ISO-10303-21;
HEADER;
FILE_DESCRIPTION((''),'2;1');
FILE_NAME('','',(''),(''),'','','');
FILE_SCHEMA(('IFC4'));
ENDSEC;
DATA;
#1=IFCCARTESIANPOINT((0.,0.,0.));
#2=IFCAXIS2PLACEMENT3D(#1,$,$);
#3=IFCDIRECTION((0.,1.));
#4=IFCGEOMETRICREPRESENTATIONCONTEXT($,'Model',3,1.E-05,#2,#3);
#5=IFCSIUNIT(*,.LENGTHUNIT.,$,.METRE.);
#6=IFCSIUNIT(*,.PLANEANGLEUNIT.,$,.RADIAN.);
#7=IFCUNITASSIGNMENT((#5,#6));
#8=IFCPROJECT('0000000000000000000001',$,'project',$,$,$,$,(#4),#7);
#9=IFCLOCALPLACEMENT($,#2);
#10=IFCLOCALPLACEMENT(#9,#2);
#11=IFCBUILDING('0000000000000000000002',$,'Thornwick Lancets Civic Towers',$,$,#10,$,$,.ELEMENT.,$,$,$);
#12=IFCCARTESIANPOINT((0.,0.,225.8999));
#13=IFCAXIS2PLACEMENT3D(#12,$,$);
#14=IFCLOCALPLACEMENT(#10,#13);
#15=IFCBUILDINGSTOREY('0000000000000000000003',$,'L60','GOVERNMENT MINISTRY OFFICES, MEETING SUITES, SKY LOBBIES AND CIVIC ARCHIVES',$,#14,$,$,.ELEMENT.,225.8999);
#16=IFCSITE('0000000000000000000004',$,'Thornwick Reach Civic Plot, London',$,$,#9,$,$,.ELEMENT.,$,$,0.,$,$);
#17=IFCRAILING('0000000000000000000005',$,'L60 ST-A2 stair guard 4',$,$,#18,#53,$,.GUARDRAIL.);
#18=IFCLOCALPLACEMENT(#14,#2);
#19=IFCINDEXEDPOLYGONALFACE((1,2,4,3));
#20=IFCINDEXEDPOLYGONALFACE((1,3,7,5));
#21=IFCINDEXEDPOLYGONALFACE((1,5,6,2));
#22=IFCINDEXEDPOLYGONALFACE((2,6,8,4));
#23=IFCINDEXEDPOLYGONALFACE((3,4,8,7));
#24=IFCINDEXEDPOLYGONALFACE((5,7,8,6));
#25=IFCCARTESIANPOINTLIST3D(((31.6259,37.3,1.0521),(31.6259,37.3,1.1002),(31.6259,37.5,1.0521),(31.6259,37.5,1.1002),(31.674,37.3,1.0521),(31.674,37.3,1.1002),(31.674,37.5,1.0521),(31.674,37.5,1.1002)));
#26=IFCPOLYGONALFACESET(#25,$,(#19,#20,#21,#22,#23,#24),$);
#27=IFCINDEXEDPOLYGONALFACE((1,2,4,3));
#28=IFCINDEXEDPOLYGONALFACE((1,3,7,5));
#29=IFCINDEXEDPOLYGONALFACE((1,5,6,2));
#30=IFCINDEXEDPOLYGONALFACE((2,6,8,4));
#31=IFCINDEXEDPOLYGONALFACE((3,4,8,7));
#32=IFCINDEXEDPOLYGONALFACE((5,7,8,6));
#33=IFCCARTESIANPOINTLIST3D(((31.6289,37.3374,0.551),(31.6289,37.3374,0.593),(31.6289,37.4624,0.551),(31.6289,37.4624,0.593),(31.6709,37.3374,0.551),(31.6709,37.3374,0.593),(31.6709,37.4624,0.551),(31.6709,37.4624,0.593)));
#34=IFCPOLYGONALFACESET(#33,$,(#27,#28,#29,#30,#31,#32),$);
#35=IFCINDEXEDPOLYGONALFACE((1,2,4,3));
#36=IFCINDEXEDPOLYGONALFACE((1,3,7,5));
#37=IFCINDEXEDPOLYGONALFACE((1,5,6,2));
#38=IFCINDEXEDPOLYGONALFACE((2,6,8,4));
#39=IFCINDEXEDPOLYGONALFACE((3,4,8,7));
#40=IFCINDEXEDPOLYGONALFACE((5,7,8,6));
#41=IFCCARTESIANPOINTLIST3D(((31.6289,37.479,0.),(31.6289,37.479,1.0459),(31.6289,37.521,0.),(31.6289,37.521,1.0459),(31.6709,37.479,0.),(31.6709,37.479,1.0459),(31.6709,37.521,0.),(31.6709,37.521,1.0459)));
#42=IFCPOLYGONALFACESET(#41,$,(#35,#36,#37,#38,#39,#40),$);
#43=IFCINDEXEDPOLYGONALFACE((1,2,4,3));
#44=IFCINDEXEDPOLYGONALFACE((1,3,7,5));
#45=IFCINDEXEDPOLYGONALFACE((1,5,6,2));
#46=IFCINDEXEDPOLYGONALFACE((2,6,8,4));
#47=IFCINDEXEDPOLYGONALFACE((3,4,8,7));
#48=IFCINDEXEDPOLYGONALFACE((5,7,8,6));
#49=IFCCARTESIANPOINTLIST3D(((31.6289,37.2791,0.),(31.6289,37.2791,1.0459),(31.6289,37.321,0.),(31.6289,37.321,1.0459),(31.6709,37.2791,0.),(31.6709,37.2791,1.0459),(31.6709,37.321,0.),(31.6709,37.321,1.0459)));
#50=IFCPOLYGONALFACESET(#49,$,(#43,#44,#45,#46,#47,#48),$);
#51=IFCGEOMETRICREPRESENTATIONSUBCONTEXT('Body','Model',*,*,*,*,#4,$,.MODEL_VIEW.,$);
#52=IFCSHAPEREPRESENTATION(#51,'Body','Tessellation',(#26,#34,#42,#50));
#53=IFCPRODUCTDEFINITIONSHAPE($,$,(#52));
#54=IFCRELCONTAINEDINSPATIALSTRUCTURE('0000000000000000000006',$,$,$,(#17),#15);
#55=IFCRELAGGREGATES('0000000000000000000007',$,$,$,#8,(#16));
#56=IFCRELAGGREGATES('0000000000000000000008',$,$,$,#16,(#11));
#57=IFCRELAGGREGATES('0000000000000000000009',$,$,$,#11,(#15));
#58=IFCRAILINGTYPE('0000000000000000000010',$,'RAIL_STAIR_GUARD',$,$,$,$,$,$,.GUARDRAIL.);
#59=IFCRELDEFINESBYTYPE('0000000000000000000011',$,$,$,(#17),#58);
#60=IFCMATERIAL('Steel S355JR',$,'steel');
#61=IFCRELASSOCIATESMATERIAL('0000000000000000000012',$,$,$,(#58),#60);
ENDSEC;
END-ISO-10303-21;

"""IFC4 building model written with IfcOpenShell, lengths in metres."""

from ifc_helpers import new_model, si_unit, direction, frame, origin, origin_2d, place, context, subcontext, project, spatial, rectangle, extrude, material, type_object, element, save


model = new_model("IFC4")

# Units and contexts
model_context = context("Model", 3, precision=1e-05, world=origin(), true_north=direction((0.0, 1.0)))
body_context = subcontext(model_context, "Body", "Model", "MODEL_VIEW")
ifc_project = project(units=[si_unit("LENGTHUNIT", "METRE"), si_unit("PLANEANGLEUNIT", "RADIAN")], contexts=[model_context])

# Site, building, storey
site_placement = place(None, origin())
site = spatial("IfcSite", under=ifc_project, at=site_placement, Name="Thornwick Reach Civic Plot, London", CompositionType="ELEMENT", RefElevation=0.0)
building_placement = place(site_placement, origin())
building = spatial("IfcBuilding", under=site, at=building_placement, Name="Thornwick Lancets Civic Towers", CompositionType="ELEMENT")
storey_placement = place(building_placement, frame((0.0, 0.0, 225.8999)))
storey = spatial("IfcBuildingStorey", under=building, at=storey_placement, Name="L60", Description="GOVERNMENT MINISTRY OFFICES, MEETING SUITES, SKY LOBBIES AND CIVIC ARCHIVES", CompositionType="ELEMENT", Elevation=225.8999)

# Shared definitions
ifc_material_1 = material(Name="Steel S355JR", Category="steel")

# Railing
railing_type_1 = type_object("IfcRailingType", Name="RAIL_STAIR_GUARD", PredefinedType="GUARDRAIL", material=ifc_material_1)
railing_1_placement = place(storey_placement, frame((31.6499, 37.5, 0.0)))
element("IfcRailing", 1, at=railing_1_placement, inside=storey, type_object=railing_type_1, Name="L60 ST-A2 stair guard 4", PredefinedType="GUARDRAIL", context=body_context, shape_type="SweptSolid", body=[
    extrude(rectangle(XDim=0.0481, YDim=0.0481, at=origin_2d()), frame((0.0, 0.0, 1.0762), z_axis=(0.0, -1.0, 0.0), x_axis=(1.0, 0.0, 0.0)), (0.0, 0.0, 1.0), 0.2),
    extrude(rectangle(XDim=0.042, YDim=0.042, at=origin_2d()), frame((0.0, -0.0376, 0.572), z_axis=(0.0, -1.0, 0.0), x_axis=(1.0, 0.0, 0.0)), (0.0, 0.0, 1.0), 0.125),
    extrude(rectangle(XDim=0.042, YDim=0.042, at=origin_2d()), origin(), (0.0, 0.0, 1.0), 1.0459),
    extrude(rectangle(XDim=0.042, YDim=0.042, at=origin_2d()), frame((0.0, -0.2, 0.0)), (0.0, 0.0, 1.0), 1.0459),
])

save(model, "model.ifc")
